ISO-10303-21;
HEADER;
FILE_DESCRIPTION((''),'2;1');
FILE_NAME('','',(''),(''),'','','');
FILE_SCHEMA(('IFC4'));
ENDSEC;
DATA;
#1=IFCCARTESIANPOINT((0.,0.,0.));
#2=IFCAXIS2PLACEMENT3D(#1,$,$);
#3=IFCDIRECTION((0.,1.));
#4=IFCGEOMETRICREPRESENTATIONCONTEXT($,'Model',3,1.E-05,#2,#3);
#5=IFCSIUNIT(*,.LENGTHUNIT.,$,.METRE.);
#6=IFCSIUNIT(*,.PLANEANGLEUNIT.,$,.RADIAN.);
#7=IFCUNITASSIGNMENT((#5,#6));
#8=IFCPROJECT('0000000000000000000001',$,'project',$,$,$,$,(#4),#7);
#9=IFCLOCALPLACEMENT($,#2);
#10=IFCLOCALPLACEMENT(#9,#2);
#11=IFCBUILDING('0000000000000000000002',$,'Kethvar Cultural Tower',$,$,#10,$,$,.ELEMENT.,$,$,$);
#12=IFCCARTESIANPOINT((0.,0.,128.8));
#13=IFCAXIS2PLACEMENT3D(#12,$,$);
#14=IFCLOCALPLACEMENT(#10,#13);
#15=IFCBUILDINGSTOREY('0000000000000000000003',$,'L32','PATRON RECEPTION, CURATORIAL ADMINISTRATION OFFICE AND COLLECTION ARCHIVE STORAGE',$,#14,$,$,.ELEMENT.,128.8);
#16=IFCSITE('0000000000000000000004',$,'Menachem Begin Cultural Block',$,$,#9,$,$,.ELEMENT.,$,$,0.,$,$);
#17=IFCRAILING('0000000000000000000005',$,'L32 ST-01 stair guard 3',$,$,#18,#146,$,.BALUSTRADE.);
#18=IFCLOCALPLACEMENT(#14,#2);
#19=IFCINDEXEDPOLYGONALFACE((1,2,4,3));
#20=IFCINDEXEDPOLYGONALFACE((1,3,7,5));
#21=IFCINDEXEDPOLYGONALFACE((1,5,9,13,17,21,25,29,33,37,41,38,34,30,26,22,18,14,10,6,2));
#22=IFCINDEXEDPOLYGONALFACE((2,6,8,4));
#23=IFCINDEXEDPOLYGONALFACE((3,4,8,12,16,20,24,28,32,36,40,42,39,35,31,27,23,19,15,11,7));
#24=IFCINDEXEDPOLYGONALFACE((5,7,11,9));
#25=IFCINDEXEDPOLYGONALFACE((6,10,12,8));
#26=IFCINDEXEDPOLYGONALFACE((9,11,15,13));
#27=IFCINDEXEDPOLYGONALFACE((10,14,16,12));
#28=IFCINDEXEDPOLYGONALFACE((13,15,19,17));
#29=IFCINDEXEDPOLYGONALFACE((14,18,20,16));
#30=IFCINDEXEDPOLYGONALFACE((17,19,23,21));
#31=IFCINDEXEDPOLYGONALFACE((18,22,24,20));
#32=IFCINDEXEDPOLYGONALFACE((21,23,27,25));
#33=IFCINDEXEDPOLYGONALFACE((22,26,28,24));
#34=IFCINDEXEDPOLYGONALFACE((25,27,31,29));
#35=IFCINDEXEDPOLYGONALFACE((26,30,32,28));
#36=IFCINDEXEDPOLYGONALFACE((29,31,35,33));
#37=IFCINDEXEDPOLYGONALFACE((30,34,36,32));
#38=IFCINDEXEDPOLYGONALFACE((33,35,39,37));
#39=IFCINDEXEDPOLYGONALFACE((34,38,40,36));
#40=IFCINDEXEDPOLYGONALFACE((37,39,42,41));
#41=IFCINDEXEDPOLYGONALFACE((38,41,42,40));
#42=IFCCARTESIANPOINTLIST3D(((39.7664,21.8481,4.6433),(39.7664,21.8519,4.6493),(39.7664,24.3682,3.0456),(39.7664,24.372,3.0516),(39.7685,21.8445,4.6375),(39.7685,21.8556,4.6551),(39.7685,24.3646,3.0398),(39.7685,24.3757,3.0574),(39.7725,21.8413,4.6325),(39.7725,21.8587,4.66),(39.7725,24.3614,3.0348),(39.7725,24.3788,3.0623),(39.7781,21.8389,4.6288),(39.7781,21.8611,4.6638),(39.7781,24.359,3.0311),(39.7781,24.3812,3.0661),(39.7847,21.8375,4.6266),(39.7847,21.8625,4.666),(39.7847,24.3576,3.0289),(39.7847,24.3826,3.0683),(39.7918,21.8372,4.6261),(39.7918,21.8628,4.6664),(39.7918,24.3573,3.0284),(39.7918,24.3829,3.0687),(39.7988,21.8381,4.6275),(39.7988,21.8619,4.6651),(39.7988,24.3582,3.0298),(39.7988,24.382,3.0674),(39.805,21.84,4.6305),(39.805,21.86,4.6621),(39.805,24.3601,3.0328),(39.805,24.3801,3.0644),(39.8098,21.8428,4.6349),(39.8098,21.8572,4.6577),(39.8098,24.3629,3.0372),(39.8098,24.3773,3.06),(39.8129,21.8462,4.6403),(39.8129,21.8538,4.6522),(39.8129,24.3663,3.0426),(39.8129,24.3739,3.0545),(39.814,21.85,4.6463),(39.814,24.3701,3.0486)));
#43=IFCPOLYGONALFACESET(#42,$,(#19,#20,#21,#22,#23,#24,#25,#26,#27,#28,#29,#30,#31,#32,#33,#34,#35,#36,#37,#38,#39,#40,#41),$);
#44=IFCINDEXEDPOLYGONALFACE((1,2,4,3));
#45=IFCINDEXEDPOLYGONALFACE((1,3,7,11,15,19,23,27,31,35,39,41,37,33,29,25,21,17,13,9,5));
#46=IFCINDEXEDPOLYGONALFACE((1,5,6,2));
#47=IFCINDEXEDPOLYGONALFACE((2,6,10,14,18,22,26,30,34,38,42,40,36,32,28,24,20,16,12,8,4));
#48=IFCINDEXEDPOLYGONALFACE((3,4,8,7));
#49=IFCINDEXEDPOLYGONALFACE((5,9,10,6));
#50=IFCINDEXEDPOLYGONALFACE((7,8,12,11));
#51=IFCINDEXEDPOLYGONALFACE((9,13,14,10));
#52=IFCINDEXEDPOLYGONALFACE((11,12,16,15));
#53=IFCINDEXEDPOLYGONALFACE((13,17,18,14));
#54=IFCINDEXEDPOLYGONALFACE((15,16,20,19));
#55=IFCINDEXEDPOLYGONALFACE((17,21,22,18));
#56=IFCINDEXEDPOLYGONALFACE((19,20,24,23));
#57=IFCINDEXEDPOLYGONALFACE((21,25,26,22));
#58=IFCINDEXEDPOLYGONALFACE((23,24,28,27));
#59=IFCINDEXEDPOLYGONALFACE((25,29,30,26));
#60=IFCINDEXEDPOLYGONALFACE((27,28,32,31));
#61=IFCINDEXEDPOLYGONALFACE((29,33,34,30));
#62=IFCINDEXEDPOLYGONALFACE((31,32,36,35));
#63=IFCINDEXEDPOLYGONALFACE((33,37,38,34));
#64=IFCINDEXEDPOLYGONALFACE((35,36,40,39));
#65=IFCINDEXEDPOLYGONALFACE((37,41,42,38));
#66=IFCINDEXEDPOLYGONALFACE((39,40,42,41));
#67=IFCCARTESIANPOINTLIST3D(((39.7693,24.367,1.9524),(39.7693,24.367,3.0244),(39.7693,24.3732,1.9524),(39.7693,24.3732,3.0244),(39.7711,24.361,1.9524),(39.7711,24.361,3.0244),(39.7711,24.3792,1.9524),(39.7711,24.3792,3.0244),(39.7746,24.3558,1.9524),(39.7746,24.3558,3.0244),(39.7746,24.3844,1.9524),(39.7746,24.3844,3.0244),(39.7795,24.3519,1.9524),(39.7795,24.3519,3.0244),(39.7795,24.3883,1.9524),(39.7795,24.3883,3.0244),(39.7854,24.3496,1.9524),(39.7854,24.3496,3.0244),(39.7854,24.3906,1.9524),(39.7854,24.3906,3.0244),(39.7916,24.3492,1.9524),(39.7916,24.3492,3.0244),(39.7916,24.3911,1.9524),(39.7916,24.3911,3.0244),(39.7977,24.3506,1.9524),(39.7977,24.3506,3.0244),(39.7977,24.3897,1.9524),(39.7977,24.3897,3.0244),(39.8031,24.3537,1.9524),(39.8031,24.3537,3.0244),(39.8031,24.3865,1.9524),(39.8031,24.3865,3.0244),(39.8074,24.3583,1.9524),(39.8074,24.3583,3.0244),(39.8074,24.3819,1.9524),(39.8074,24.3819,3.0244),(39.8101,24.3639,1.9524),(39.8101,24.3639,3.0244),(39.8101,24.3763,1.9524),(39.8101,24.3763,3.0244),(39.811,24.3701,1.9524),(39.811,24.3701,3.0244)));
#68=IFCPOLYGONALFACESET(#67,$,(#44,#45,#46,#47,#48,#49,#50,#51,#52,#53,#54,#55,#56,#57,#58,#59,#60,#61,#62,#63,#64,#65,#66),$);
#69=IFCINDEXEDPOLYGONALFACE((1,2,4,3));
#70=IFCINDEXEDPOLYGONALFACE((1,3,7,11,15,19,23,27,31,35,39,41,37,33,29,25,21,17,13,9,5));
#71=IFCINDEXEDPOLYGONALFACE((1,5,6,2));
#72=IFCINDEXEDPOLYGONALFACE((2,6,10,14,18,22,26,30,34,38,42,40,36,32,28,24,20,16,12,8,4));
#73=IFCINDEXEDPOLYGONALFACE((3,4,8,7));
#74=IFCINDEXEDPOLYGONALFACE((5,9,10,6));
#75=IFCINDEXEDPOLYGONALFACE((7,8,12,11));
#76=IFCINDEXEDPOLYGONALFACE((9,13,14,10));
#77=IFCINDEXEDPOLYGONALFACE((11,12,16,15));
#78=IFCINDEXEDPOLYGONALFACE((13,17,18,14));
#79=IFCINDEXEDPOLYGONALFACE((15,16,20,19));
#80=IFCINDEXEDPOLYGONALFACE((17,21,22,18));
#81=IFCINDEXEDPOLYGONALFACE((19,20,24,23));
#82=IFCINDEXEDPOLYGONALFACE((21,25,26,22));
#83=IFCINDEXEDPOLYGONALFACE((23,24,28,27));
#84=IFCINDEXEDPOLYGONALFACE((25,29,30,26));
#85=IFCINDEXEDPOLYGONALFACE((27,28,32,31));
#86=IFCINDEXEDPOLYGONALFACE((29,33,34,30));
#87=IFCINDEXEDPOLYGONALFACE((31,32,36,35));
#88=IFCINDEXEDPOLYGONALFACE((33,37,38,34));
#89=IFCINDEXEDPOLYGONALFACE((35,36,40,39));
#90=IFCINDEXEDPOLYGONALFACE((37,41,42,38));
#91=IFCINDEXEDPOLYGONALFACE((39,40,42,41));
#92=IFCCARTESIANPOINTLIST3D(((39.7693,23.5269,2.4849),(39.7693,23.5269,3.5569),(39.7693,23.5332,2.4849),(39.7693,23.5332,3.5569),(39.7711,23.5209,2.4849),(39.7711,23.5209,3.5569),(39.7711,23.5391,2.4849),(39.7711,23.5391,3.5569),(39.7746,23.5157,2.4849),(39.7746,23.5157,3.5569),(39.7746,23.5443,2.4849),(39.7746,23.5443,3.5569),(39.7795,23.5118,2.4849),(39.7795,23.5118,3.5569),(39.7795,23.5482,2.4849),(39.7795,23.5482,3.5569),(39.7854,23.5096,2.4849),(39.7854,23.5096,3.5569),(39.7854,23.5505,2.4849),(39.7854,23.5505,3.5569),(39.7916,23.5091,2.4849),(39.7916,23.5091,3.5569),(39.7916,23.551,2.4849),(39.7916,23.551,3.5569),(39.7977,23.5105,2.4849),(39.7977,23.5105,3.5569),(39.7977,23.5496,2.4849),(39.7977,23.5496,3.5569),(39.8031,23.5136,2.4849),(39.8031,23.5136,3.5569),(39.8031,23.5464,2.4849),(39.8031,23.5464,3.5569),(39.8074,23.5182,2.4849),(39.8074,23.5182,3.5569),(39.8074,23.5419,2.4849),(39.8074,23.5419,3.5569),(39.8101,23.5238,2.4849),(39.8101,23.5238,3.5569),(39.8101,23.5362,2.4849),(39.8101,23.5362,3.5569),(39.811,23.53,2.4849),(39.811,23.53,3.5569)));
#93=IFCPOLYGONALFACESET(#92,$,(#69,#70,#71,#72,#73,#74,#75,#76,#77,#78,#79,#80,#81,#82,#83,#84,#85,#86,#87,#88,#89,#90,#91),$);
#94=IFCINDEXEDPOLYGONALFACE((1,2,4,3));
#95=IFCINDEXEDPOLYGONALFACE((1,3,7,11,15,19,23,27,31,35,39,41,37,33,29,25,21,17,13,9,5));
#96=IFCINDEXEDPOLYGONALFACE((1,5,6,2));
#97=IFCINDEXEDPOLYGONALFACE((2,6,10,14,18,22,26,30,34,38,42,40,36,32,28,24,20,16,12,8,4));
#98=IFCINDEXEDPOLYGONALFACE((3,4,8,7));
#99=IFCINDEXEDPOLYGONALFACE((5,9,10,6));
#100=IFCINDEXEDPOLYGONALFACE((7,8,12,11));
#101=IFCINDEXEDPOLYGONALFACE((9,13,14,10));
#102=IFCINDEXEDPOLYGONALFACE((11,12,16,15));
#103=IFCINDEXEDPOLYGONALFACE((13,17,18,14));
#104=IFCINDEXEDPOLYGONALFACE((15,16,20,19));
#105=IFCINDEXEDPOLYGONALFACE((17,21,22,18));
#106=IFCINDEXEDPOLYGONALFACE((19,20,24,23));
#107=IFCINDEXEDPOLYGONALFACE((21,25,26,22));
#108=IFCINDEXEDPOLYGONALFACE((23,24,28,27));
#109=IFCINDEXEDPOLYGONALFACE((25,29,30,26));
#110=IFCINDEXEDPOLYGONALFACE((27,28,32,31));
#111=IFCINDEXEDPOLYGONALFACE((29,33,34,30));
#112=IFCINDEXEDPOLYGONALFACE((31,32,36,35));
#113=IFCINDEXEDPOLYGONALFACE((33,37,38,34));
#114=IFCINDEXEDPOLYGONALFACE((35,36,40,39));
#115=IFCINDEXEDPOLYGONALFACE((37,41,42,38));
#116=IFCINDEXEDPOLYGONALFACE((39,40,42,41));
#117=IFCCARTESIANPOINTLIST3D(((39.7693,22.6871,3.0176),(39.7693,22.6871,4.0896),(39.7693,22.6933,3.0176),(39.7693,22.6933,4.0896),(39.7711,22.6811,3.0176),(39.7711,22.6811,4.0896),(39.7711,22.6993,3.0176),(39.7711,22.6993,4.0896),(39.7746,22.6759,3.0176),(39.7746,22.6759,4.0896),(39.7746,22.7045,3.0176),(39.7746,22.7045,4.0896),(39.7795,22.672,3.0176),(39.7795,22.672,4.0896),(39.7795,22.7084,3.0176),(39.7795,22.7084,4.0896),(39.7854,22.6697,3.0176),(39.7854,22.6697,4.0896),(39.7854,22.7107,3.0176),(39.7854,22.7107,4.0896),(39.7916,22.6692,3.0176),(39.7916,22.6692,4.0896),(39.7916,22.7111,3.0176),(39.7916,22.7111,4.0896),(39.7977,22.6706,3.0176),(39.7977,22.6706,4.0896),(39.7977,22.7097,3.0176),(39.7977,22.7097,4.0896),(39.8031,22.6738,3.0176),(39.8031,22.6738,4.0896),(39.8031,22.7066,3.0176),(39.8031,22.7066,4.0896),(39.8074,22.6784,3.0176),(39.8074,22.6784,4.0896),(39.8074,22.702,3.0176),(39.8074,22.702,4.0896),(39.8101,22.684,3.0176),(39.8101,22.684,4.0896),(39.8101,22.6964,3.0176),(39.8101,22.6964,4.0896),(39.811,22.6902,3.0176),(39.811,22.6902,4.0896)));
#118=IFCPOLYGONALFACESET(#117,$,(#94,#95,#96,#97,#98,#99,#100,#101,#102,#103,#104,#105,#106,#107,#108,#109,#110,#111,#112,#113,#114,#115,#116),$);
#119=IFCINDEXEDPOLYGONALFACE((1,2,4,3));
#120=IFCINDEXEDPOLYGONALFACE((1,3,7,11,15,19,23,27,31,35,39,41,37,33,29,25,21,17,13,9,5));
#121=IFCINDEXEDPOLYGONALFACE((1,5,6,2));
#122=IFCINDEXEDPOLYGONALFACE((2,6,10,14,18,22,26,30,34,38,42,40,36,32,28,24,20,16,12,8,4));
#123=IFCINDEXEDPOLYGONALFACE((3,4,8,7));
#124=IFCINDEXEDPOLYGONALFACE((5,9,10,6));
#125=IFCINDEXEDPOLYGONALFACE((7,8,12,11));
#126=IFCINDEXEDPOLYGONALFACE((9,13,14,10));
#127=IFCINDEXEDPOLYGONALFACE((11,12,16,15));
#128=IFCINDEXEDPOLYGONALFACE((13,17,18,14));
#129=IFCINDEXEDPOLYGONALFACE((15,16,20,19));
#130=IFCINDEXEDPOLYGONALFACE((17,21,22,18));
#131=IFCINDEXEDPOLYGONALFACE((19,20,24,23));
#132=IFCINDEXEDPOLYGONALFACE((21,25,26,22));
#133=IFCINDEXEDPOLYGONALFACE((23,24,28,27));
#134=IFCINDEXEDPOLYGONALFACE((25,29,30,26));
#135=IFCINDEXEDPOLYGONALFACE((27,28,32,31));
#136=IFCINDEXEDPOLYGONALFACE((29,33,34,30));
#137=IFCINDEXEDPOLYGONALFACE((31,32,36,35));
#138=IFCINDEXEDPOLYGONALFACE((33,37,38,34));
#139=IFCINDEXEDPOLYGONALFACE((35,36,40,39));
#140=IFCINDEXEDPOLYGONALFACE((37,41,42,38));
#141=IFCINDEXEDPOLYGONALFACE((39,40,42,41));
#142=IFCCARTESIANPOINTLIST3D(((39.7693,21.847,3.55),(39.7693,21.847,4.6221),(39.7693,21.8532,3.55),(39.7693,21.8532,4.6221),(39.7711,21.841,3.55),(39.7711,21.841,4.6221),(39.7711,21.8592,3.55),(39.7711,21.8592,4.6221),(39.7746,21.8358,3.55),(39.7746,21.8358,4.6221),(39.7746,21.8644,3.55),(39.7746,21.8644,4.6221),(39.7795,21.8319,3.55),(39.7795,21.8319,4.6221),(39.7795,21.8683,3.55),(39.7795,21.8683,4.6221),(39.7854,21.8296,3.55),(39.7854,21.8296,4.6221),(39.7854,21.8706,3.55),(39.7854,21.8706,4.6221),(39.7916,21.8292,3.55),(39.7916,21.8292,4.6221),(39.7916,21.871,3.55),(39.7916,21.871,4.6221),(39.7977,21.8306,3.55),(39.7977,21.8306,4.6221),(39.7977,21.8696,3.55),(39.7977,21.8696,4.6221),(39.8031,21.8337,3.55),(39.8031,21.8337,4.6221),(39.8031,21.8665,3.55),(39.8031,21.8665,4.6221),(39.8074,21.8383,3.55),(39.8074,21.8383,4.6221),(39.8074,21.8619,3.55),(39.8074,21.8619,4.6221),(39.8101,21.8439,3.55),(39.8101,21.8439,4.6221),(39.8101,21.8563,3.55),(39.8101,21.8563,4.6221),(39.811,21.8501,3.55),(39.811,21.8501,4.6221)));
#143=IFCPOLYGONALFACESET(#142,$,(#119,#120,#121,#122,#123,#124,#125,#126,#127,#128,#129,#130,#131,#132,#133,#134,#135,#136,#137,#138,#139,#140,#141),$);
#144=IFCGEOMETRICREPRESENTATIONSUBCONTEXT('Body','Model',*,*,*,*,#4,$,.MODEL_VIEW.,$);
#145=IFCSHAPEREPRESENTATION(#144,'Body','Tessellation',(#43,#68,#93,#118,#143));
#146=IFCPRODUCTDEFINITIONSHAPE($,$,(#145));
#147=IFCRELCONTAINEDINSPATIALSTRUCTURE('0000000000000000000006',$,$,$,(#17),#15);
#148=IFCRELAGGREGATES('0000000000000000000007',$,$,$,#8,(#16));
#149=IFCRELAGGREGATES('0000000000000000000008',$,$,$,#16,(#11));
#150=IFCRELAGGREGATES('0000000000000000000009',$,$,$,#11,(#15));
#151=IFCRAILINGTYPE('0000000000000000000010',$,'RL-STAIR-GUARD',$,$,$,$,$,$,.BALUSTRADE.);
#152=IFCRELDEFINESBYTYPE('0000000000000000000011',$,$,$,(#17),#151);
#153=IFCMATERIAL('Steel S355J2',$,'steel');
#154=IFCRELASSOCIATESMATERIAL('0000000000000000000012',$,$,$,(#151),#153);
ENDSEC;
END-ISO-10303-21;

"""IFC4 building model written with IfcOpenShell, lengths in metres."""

from ifc_helpers import new_model, si_unit, direction, frame, origin, origin_2d, place, context, subcontext, project, spatial, circle, extrude, material, type_object, element, save


model = new_model("IFC4")

# Units and contexts
model_context = context("Model", 3, precision=1e-05, world=origin(), true_north=direction((0.0, 1.0)))
body_context = subcontext(model_context, "Body", "Model", "MODEL_VIEW")
ifc_project = project(units=[si_unit("LENGTHUNIT", "METRE"), si_unit("PLANEANGLEUNIT", "RADIAN")], contexts=[model_context])

# Site, building, storey
site_placement = place(None, origin())
site = spatial("IfcSite", under=ifc_project, at=site_placement, Name="Menachem Begin Cultural Block", CompositionType="ELEMENT", RefElevation=0.0)
building_placement = place(site_placement, origin())
building = spatial("IfcBuilding", under=site, at=building_placement, Name="Kethvar Cultural Tower", CompositionType="ELEMENT")
storey_placement = place(building_placement, frame((0.0, 0.0, 128.8)))
storey = spatial("IfcBuildingStorey", under=building, at=storey_placement, Name="L32", Description="PATRON RECEPTION, CURATORIAL ADMINISTRATION OFFICE AND COLLECTION ARCHIVE STORAGE", CompositionType="ELEMENT", Elevation=128.8)

# Shared definitions
ifc_material_1 = material(Name="Steel S355J2", Category="steel")

# Railing
railing_type_1 = type_object("IfcRailingType", Name="RL-STAIR-GUARD", PredefinedType="BALUSTRADE", material=ifc_material_1)
railing_1_placement = place(storey_placement, frame((39.79, 24.3701, 1.9524)))
element("IfcRailing", 1, at=railing_1_placement, inside=storey, type_object=railing_type_1, Name="L32 ST-01 stair guard 3", PredefinedType="BALUSTRADE", context=body_context, shape_type="SweptSolid", body=[
    extrude(circle(Radius=0.0239, at=origin_2d()), frame((0.0, 0.0, 1.0962), z_axis=(0.0, -0.84457, 0.535445), x_axis=(1.0, 0.0, 0.0)), (0.0, 0.0, 1.0), 2.9839),
    extrude(circle(Radius=0.021, at=origin_2d()), origin(), (0.0, 0.0, 1.0), 1.072),
    extrude(circle(Radius=0.021, at=origin_2d()), frame((0.0, -0.8401, 0.5325)), (0.0, 0.0, 1.0), 1.072),
    extrude(circle(Radius=0.021, at=origin_2d()), frame((0.0, -1.6799, 1.0652)), (0.0, 0.0, 1.0), 1.072),
    extrude(circle(Radius=0.021, at=origin_2d()), frame((0.0, -2.52, 1.5977)), (0.0, 0.0, 1.0), 1.072),
])

save(model, "model.ifc")
